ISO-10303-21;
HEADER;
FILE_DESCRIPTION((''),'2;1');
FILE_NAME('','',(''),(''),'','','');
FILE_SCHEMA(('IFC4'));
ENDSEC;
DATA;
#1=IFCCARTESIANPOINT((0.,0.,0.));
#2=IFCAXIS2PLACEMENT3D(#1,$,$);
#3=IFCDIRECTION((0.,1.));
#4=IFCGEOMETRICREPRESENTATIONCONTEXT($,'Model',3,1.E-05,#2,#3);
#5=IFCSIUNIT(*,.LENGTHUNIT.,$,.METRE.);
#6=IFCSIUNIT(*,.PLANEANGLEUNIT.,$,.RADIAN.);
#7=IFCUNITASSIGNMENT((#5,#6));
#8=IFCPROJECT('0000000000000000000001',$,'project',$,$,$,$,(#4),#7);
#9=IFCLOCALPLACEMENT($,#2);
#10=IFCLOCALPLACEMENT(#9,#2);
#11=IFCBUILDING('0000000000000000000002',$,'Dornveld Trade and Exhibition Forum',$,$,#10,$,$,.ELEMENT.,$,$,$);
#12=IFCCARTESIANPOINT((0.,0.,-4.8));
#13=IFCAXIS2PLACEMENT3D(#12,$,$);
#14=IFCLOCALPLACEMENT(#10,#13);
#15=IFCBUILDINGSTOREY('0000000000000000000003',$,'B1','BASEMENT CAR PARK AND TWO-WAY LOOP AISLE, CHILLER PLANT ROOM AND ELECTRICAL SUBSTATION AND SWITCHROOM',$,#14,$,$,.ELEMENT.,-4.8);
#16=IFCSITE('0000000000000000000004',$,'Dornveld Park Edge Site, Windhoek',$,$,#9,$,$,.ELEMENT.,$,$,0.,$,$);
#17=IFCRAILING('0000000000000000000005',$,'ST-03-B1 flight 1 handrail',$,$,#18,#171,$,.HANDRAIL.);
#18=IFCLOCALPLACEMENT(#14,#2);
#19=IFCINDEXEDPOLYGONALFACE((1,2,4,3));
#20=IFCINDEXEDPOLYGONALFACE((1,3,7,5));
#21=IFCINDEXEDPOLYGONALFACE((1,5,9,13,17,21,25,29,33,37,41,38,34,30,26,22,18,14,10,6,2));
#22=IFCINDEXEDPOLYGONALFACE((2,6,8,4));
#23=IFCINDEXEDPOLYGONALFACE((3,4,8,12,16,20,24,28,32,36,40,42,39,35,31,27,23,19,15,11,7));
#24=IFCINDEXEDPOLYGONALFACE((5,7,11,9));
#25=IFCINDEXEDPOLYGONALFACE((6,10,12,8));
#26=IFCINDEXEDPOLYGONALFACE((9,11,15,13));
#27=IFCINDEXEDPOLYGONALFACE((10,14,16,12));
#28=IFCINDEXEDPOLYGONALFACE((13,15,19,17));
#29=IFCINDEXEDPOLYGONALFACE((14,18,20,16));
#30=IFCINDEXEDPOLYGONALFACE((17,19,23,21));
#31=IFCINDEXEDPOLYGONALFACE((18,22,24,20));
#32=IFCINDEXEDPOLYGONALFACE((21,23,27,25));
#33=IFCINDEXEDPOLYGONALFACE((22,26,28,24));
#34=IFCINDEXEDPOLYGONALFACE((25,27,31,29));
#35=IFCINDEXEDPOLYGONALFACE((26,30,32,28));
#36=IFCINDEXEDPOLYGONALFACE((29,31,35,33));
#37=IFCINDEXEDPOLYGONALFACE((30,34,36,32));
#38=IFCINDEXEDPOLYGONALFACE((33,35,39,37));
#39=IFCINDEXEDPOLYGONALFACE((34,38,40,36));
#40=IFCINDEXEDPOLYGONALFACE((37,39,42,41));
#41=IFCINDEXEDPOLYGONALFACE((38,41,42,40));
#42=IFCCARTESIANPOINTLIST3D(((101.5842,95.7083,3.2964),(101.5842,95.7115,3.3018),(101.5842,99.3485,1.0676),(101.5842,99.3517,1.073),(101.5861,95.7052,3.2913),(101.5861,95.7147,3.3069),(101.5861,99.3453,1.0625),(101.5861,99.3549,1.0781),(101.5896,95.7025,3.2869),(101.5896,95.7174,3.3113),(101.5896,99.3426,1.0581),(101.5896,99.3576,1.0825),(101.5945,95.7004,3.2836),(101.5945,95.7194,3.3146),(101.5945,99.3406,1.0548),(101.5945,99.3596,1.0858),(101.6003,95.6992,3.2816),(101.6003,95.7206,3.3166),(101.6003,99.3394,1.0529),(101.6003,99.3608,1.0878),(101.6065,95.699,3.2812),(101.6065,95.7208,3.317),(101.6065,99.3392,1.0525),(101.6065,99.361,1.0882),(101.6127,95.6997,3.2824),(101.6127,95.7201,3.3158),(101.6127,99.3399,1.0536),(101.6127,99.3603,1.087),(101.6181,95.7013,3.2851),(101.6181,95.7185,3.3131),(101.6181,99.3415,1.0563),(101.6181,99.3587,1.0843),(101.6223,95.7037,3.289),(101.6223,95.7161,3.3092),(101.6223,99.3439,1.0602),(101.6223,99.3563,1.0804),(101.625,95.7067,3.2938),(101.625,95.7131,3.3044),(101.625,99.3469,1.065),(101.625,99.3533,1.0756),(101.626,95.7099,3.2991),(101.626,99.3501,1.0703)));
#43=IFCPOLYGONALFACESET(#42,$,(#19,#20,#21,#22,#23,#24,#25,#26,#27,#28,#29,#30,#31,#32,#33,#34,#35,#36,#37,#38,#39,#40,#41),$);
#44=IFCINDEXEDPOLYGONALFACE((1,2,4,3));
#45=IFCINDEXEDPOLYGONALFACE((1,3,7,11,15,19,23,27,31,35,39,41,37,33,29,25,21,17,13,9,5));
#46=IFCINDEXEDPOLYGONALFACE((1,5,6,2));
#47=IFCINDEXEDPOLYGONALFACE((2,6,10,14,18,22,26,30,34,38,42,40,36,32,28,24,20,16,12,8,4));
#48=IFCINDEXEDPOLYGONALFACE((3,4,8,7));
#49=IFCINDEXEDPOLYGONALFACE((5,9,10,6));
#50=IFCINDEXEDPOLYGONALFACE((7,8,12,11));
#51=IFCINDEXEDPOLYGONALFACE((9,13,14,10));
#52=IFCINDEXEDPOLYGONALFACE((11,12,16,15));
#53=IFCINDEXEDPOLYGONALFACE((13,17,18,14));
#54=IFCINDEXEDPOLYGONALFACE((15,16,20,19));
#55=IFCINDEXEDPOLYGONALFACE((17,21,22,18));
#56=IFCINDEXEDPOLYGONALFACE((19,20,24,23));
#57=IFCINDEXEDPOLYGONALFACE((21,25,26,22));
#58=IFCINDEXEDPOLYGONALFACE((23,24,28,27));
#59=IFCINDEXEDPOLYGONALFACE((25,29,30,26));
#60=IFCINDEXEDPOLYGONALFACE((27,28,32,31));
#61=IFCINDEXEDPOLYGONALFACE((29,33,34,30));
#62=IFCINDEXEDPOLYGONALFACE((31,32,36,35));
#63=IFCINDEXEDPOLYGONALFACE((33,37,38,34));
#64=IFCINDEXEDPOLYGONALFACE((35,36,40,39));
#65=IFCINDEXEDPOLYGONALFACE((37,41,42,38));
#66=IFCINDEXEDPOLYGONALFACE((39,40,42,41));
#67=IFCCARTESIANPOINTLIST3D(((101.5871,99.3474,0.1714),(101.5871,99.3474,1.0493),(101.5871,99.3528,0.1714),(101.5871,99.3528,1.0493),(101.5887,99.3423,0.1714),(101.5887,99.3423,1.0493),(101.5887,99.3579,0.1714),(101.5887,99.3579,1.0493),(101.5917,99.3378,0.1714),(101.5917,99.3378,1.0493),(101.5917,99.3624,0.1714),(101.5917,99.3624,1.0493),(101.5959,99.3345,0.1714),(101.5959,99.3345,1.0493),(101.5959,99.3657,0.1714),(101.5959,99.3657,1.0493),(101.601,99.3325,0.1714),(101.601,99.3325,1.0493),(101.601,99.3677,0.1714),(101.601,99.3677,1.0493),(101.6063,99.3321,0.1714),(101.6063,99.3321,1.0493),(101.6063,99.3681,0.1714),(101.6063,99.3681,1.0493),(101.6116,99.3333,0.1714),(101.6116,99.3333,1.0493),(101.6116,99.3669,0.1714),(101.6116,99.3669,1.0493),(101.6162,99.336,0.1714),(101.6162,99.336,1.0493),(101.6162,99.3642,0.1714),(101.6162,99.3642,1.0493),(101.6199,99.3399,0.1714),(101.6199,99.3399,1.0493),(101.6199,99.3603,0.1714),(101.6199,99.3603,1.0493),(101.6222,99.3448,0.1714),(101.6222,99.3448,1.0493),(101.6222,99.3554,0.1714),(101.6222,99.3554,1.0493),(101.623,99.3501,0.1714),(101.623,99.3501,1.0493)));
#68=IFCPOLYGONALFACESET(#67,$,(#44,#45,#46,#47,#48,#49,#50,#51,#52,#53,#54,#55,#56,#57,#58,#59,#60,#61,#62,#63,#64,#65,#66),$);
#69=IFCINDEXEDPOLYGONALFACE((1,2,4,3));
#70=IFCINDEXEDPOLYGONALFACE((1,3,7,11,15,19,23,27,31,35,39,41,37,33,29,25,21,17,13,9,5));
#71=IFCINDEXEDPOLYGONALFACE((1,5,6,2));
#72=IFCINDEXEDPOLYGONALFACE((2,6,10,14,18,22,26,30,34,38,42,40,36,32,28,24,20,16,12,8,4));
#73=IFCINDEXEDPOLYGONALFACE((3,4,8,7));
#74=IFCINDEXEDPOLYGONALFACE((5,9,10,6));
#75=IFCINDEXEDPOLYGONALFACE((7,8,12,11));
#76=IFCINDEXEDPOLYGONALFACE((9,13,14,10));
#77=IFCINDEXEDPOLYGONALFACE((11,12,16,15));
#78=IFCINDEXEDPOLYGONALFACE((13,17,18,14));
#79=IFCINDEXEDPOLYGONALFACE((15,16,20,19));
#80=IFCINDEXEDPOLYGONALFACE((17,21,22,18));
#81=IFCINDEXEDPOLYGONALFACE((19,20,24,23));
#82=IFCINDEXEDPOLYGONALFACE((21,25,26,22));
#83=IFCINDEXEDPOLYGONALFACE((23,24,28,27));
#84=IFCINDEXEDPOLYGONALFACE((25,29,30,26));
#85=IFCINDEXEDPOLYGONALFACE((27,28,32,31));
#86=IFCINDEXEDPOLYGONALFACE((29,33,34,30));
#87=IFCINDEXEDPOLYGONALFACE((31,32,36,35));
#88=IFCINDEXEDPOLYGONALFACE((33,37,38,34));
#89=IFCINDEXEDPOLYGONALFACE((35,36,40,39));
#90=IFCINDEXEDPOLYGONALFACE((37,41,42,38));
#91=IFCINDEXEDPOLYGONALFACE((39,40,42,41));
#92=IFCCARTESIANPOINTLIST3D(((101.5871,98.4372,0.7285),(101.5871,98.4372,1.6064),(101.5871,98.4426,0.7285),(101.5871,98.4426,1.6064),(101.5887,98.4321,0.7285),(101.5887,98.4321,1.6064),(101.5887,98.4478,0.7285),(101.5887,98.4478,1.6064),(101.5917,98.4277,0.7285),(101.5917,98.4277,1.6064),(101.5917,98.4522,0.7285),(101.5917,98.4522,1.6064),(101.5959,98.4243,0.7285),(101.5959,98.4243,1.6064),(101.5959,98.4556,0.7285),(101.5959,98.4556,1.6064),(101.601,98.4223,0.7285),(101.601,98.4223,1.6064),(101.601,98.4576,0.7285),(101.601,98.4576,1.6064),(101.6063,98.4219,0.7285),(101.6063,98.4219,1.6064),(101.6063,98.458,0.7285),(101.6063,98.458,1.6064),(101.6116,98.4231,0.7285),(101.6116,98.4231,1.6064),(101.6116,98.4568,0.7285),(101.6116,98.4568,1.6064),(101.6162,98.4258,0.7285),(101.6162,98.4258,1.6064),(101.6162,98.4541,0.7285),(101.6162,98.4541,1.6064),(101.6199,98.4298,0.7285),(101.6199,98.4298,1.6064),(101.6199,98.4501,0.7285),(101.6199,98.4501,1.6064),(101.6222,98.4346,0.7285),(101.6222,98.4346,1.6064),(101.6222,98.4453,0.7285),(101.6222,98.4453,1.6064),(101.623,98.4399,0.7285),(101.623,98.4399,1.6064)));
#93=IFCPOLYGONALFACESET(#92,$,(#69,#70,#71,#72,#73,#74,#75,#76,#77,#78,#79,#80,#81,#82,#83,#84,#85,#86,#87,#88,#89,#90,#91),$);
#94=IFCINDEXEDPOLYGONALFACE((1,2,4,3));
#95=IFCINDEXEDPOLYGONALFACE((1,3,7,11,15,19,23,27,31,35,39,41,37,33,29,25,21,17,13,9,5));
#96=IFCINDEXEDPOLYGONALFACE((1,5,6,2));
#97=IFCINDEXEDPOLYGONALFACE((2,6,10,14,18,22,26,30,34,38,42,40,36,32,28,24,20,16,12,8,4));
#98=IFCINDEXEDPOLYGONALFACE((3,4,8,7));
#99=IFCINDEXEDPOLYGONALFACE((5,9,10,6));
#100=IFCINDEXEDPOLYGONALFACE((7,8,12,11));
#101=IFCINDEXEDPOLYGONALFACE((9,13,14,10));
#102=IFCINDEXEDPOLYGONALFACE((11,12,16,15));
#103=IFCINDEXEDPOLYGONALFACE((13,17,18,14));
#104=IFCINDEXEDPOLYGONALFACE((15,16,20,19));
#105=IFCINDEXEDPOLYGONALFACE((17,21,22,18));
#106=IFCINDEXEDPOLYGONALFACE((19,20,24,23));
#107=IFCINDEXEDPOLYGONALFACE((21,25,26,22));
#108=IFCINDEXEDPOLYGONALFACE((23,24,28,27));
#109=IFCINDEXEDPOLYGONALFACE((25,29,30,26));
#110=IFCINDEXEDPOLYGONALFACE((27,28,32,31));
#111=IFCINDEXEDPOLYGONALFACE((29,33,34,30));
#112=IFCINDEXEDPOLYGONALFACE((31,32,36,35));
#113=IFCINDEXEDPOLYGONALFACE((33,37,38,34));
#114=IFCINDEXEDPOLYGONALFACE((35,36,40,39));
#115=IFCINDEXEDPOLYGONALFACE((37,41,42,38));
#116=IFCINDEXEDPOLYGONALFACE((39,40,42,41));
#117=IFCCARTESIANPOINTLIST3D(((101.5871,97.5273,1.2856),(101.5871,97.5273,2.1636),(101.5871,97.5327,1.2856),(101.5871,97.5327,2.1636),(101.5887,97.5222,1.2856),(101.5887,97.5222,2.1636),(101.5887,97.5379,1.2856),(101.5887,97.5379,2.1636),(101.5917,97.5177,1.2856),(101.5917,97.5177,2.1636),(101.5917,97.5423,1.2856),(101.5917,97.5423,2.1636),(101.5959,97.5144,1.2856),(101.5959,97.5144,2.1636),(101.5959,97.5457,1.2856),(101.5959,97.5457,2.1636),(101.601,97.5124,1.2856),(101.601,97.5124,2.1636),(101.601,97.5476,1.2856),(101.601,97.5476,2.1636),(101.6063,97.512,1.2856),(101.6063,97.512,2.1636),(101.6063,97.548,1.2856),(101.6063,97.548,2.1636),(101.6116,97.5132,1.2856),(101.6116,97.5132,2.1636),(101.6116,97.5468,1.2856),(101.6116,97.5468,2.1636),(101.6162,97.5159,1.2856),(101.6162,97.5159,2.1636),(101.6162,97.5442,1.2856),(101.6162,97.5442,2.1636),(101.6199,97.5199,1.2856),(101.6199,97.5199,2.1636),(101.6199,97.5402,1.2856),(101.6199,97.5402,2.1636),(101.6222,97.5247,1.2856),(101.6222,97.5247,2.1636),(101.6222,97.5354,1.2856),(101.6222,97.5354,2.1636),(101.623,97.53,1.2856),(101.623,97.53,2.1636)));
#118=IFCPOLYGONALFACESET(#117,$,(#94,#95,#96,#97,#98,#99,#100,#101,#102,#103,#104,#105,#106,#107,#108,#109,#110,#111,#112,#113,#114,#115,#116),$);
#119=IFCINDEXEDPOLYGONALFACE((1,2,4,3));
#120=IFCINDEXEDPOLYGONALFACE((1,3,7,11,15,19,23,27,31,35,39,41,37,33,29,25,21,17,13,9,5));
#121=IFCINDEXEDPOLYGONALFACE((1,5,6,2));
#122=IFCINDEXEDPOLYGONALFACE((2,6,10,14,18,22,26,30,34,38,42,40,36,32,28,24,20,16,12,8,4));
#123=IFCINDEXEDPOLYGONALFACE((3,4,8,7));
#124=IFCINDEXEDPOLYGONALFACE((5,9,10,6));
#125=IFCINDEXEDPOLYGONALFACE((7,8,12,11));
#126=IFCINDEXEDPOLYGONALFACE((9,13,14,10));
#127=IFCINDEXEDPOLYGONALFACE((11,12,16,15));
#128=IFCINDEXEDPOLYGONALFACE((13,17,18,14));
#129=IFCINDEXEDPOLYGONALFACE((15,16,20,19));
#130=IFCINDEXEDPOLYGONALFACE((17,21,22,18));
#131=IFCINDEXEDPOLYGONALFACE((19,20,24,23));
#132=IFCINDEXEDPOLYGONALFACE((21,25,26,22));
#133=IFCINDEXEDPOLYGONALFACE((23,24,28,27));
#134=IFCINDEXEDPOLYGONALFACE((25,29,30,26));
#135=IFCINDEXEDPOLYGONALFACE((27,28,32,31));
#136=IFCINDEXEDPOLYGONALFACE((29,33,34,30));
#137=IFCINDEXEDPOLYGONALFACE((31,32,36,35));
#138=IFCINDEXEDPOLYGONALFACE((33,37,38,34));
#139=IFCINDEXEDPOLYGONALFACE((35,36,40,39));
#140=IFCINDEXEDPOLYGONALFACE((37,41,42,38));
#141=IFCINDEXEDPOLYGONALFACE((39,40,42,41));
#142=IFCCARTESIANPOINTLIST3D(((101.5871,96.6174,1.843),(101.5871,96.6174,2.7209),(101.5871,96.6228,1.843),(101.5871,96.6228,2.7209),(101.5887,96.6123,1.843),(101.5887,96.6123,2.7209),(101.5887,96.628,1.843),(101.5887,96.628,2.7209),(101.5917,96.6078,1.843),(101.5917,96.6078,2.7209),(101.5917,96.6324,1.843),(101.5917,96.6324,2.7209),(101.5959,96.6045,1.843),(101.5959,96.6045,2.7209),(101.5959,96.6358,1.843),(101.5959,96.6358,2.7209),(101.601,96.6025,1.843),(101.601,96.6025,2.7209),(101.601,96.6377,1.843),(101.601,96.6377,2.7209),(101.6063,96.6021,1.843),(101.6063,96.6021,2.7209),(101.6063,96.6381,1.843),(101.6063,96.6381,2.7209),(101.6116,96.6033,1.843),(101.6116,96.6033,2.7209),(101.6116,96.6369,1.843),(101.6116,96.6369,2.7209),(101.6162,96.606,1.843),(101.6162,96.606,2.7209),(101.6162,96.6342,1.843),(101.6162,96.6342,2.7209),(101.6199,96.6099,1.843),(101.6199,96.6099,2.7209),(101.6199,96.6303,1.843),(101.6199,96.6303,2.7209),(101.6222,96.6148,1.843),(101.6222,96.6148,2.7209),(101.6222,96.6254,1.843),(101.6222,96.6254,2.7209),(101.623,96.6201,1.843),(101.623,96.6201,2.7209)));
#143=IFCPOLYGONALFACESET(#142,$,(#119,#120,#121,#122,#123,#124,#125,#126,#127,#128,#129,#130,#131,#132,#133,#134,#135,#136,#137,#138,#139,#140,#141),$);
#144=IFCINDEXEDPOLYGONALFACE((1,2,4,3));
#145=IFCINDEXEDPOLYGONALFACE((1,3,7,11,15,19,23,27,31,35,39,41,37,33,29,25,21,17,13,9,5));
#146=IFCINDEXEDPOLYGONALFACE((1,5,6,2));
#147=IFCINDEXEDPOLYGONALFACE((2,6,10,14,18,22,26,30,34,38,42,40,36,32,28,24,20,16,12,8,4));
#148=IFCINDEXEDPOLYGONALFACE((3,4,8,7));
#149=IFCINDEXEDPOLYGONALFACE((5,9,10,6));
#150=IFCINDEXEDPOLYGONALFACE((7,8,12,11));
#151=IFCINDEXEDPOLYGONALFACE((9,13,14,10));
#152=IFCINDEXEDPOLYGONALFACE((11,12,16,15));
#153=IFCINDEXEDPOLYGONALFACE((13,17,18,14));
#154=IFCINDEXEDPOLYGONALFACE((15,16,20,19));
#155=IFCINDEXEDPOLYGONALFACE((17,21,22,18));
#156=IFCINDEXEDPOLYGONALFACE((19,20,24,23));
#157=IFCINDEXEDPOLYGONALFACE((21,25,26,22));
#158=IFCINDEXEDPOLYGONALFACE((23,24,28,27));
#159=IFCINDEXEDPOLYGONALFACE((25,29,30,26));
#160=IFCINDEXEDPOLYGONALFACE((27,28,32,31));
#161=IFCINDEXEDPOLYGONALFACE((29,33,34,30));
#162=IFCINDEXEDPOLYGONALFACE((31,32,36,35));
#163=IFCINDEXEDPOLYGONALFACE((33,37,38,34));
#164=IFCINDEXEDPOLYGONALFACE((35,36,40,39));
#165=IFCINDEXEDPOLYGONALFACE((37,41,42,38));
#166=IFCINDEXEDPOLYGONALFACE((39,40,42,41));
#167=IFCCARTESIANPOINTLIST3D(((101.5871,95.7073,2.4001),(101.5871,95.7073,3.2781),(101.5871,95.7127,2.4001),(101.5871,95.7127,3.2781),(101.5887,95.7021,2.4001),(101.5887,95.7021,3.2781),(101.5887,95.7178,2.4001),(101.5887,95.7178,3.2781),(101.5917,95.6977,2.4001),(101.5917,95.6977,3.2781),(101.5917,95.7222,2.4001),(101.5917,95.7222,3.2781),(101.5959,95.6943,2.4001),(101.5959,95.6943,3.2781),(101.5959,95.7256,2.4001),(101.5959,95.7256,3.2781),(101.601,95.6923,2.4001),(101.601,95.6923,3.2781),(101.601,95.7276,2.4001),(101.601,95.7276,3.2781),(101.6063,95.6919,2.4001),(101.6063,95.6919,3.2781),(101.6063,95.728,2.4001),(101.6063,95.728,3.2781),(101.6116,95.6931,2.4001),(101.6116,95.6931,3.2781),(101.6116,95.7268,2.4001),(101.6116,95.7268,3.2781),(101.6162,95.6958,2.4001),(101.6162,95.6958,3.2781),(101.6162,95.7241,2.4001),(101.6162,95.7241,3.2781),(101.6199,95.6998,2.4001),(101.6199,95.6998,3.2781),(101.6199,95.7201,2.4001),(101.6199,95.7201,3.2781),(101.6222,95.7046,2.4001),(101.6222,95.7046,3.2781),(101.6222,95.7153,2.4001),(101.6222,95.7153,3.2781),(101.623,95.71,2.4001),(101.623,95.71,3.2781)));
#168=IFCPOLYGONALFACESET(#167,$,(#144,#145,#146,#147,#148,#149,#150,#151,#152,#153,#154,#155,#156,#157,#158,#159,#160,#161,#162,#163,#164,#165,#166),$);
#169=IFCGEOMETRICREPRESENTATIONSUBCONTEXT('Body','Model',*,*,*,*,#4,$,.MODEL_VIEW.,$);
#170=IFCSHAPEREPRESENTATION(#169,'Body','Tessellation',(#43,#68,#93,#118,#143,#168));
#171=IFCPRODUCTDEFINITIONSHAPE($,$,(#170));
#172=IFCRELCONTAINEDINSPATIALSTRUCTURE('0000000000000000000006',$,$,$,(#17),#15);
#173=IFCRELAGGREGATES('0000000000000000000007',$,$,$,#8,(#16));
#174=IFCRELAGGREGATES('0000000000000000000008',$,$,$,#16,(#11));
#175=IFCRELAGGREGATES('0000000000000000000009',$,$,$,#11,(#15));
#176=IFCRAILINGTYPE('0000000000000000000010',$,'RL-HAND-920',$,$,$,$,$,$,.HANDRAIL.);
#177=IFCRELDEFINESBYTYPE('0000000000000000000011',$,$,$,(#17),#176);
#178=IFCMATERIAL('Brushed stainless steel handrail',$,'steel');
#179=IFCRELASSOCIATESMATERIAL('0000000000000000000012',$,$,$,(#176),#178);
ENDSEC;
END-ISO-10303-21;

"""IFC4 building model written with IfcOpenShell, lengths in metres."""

from ifc_helpers import new_model, si_unit, direction, frame, origin, origin_2d, place, context, subcontext, project, spatial, circle, extrude, material, type_object, element, save


model = new_model("IFC4")

# Units and contexts
model_context = context("Model", 3, precision=1e-05, world=origin(), true_north=direction((0.0, 1.0)))
body_context = subcontext(model_context, "Body", "Model", "MODEL_VIEW")
ifc_project = project(units=[si_unit("LENGTHUNIT", "METRE"), si_unit("PLANEANGLEUNIT", "RADIAN")], contexts=[model_context])

# Site, building, storey
site_placement = place(None, origin())
site = spatial("IfcSite", under=ifc_project, at=site_placement, Name="Dornveld Park Edge Site, Windhoek", CompositionType="ELEMENT", RefElevation=0.0)
building_placement = place(site_placement, origin())
building = spatial("IfcBuilding", under=site, at=building_placement, Name="Dornveld Trade and Exhibition Forum", CompositionType="ELEMENT")
storey_placement = place(building_placement, frame((0.0, 0.0, -4.8)))
storey = spatial("IfcBuildingStorey", under=building, at=storey_placement, Name="B1", Description="BASEMENT CAR PARK AND TWO-WAY LOOP AISLE, CHILLER PLANT ROOM AND ELECTRICAL SUBSTATION AND SWITCHROOM", CompositionType="ELEMENT", Elevation=-4.8)

# Railing
ifc_material_1 = material(Name="Brushed stainless steel handrail", Category="steel")
railing_type_1 = type_object("IfcRailingType", Name="RL-HAND-920", PredefinedType="HANDRAIL", material=ifc_material_1)
railing_1_placement = place(storey_placement, frame((101.605, 99.3501, 0.1714)))
element("IfcRailing", 1, at=railing_1_placement, inside=storey, type_object=railing_type_1, Name="ST-03-B1 flight 1 handrail", PredefinedType="HANDRAIL", context=body_context, shape_type="SweptSolid", body=[
    extrude(circle(Radius=0.021, at=origin_2d()), frame((0.0, 0.0, 0.8989), z_axis=(0.0, -0.85284, 0.522172), x_axis=(1.0, 0.0, 0.0)), (0.0, 0.0, 1.0), 4.2683),
    extrude(circle(Radius=0.0181, at=origin_2d()), origin(), (0.0, 0.0, 1.0), 0.8779),
    extrude(circle(Radius=0.0181, at=origin_2d()), frame((0.0, -0.9102, 0.5571)), (0.0, 0.0, 1.0), 0.8779),
    extrude(circle(Radius=0.0181, at=origin_2d()), frame((0.0, -1.8201, 1.1143)), (0.0, 0.0, 1.0), 0.8779),
    extrude(circle(Radius=0.0181, at=origin_2d()), frame((0.0, -2.73, 1.6716)), (0.0, 0.0, 1.0), 0.8779),
    extrude(circle(Radius=0.0181, at=origin_2d()), frame((0.0, -3.6401, 2.2288)), (0.0, 0.0, 1.0), 0.8779),
])

save(model, "model.ifc")
